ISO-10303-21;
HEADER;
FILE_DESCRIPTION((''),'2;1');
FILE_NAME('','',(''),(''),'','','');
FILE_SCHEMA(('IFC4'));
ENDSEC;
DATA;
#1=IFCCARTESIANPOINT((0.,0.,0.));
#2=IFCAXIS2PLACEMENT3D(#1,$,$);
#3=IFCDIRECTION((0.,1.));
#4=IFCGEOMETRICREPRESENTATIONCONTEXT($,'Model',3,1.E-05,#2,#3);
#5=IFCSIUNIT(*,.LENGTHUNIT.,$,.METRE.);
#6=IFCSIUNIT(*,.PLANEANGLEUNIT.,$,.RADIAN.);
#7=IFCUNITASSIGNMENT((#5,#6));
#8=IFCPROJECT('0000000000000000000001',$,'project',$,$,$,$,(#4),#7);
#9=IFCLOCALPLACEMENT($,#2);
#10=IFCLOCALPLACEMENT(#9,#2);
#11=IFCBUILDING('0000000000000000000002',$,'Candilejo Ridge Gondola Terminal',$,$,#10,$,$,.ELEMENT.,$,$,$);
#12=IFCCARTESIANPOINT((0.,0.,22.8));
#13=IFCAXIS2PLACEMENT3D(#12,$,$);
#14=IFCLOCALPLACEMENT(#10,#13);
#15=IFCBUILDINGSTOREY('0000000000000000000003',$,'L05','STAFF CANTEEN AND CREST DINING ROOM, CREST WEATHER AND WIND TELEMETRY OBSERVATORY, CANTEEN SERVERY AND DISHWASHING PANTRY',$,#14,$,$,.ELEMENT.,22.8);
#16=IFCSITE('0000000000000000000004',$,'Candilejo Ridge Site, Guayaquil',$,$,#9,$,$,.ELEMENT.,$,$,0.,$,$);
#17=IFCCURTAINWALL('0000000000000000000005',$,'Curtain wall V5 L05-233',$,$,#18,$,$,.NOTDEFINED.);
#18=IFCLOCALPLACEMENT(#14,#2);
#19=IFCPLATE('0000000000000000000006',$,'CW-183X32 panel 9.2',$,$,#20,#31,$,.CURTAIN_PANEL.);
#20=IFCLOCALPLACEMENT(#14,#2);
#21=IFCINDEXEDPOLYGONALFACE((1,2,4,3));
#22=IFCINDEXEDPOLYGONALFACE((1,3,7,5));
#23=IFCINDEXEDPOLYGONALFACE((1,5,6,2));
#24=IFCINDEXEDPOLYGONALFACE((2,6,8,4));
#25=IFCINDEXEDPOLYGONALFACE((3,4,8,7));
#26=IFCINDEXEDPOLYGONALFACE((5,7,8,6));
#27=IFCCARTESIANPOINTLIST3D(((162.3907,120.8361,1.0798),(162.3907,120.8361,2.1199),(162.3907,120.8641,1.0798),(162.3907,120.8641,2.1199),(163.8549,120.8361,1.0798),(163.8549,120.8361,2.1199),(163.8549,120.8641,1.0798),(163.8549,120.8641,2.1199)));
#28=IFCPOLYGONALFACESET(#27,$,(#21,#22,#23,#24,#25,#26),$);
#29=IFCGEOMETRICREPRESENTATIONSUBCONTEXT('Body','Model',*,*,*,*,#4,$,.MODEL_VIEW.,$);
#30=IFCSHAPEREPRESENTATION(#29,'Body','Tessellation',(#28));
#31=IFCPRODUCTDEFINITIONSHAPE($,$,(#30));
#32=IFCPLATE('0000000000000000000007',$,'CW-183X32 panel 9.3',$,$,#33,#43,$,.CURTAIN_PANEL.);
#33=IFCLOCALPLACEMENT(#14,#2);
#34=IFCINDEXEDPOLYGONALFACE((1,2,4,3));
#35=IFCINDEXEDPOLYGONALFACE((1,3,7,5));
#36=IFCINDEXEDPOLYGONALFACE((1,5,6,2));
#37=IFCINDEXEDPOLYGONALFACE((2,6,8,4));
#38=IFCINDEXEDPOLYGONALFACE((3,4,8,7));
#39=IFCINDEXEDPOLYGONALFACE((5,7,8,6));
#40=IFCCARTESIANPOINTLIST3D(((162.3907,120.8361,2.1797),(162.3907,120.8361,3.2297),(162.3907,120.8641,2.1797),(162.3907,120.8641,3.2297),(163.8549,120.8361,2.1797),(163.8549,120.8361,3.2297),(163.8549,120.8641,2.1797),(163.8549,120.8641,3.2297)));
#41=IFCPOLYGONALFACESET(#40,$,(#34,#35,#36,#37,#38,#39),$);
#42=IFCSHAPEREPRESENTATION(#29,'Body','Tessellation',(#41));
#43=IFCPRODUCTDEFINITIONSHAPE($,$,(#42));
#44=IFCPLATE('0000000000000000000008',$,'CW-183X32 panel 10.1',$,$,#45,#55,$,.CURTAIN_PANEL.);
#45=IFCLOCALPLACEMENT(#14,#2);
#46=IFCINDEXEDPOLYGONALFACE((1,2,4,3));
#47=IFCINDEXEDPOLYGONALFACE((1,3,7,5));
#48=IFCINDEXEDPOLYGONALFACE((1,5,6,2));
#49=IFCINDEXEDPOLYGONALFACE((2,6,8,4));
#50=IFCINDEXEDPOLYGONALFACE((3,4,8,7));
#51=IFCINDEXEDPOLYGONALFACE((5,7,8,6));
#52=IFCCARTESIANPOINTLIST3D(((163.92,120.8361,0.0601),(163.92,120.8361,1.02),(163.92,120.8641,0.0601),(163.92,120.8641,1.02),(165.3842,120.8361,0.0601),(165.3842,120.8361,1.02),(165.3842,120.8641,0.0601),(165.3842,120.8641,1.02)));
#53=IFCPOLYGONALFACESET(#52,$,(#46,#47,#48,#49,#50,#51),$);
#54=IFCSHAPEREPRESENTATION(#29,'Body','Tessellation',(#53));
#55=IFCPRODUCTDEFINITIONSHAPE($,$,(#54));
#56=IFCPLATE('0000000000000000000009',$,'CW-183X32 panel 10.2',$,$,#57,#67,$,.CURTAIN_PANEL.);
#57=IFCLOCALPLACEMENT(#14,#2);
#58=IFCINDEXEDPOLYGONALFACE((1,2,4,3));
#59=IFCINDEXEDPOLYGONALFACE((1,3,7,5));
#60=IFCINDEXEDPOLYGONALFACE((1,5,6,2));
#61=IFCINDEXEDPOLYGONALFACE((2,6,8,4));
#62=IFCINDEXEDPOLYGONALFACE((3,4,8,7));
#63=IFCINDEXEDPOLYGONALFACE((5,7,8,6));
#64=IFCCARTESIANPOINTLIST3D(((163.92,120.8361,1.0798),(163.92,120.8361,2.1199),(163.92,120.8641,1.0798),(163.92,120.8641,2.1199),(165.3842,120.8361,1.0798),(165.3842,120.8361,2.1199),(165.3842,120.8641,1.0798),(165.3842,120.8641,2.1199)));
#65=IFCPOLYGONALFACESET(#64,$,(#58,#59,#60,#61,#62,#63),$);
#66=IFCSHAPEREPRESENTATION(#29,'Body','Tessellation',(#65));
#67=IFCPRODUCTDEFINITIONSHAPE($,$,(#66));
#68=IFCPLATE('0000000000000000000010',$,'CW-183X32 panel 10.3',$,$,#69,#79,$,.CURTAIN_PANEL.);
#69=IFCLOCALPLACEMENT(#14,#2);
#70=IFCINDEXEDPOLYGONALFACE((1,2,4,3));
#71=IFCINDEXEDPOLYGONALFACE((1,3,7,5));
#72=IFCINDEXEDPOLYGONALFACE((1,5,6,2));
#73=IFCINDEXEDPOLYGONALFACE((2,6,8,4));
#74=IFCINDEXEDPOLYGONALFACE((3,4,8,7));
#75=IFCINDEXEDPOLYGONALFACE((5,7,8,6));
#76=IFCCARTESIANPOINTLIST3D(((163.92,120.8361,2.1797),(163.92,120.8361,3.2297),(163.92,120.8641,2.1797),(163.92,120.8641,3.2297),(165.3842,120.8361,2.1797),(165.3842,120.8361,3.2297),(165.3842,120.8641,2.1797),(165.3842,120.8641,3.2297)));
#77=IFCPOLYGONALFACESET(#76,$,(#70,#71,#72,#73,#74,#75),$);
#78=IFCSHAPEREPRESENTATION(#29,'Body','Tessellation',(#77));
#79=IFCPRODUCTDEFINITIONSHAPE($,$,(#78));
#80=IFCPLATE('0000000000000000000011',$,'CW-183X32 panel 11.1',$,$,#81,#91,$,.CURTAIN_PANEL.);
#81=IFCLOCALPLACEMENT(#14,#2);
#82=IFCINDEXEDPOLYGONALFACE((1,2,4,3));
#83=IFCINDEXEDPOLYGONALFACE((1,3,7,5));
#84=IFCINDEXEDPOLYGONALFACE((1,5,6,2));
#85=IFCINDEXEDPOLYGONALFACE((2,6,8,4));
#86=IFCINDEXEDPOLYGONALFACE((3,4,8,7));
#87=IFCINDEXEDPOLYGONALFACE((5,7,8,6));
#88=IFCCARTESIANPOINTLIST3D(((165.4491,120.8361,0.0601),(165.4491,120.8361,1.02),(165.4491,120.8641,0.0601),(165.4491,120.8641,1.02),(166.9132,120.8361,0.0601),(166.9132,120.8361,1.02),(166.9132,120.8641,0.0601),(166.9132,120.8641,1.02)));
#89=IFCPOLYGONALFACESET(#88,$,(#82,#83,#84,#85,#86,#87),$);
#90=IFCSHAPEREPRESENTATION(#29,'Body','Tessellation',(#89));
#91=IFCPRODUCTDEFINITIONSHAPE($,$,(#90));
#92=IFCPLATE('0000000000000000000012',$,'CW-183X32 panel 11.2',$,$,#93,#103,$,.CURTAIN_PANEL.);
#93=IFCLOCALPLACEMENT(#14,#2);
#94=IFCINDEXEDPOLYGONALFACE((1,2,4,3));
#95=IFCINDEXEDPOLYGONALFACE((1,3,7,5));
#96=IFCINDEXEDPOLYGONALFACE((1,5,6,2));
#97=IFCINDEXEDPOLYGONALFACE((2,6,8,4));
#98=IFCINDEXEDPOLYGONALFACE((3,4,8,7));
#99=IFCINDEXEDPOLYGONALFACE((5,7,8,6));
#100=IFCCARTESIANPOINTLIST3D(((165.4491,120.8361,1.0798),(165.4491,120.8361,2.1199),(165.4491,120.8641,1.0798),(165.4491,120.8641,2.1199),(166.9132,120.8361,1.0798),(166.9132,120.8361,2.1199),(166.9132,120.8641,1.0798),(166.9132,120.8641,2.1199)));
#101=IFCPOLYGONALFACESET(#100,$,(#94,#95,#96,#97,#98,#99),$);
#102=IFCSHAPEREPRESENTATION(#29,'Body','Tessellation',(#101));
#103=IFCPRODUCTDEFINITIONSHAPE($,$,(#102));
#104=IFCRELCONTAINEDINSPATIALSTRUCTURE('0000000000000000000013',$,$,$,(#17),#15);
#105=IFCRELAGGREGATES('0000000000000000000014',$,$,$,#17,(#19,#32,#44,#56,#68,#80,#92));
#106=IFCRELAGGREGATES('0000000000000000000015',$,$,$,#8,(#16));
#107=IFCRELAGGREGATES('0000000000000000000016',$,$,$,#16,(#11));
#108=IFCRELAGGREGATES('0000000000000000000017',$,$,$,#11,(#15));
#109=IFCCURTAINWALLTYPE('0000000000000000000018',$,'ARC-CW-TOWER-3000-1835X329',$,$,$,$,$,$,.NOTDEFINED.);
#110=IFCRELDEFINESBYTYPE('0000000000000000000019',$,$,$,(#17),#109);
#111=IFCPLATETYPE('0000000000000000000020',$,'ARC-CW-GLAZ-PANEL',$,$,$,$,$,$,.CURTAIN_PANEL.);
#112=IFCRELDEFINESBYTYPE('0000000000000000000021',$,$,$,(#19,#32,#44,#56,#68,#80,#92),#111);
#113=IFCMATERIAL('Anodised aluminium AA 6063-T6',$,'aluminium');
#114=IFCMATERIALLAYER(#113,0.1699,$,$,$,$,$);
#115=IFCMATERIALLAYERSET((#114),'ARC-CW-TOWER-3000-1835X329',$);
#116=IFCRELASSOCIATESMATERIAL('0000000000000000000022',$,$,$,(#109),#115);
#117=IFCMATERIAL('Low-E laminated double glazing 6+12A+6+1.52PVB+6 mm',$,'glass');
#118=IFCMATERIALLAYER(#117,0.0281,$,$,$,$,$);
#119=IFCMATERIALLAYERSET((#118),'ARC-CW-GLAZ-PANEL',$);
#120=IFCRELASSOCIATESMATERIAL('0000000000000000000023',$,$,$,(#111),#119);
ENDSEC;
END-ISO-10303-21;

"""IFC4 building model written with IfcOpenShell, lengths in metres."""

from ifc_helpers import new_model, si_unit, direction, frame, origin, origin_2d, place, context, subcontext, project, spatial, rectangle, extrude, material, layer, layer_set, type_object, element, aggregate, save


model = new_model("IFC4")

# Units and contexts
model_context = context("Model", 3, precision=1e-05, world=origin(), true_north=direction((0.0, 1.0)))
body_context = subcontext(model_context, "Body", "Model", "MODEL_VIEW")
ifc_project = project(units=[si_unit("LENGTHUNIT", "METRE"), si_unit("PLANEANGLEUNIT", "RADIAN")], contexts=[model_context])

# Site, building, storey
site_placement = place(None, origin())
site = spatial("IfcSite", under=ifc_project, at=site_placement, Name="Candilejo Ridge Site, Guayaquil", CompositionType="ELEMENT", RefElevation=0.0)
building_placement = place(site_placement, origin())
building = spatial("IfcBuilding", under=site, at=building_placement, Name="Candilejo Ridge Gondola Terminal", CompositionType="ELEMENT")
storey_placement = place(building_placement, frame((0.0, 0.0, 22.8)))
storey = spatial("IfcBuildingStorey", under=building, at=storey_placement, Name="L05", Description="STAFF CANTEEN AND CREST DINING ROOM, CREST WEATHER AND WIND TELEMETRY OBSERVATORY, CANTEEN SERVERY AND DISHWASHING PANTRY", CompositionType="ELEMENT", Elevation=22.8)

# Curtain wall, plates
ifc_material_1 = material(Name="Anodised aluminium AA 6063-T6", Category="aluminium")
ifc_layer_1 = layer(ifc_material_1, 0.1699)
ifc_layer_set_1 = layer_set([ifc_layer_1], Name="ARC-CW-TOWER-3000-1835X329")
curtain_wall_type = type_object("IfcCurtainWallType", Name="ARC-CW-TOWER-3000-1835X329", PredefinedType="NOTDEFINED", material=ifc_layer_set_1)
curtain_wall_placement = place(storey_placement, origin())
curtain_wall = element("IfcCurtainWall", 1, at=curtain_wall_placement, inside=storey, type_object=curtain_wall_type, Name="Curtain wall V5 L05-233", PredefinedType="NOTDEFINED")
ifc_material_2 = material(Name="Low-E laminated double glazing 6+12A+6+1.52PVB+6 mm", Category="glass")
ifc_layer_2 = layer(ifc_material_2, 0.0281)
ifc_layer_set_2 = layer_set([ifc_layer_2], Name="ARC-CW-GLAZ-PANEL")
plate_type = type_object("IfcPlateType", Name="ARC-CW-GLAZ-PANEL", PredefinedType="CURTAIN_PANEL", material=ifc_layer_set_2)
plate_1_placement = place(storey_placement, frame((163.1228, 120.8501, 1.0798), z_axis=(0.0, 0.0, 1.0), x_axis=(1.0, 0.0, 0.0)))
plate_1 = element("IfcPlate", 2, at=plate_1_placement, type_object=plate_type, Name="CW-183X32 panel 9.2", PredefinedType="CURTAIN_PANEL", context=body_context, shape_type="SweptSolid", body=[
    extrude(rectangle(XDim=1.4641, YDim=0.0281, at=origin_2d()), origin(), (0.0, 0.0, 1.0), 1.04),
])
plate_2_placement = place(storey_placement, frame((163.1228, 120.8501, 2.1797), z_axis=(0.0, 0.0, 1.0), x_axis=(1.0, 0.0, 0.0)))
plate_2 = element("IfcPlate", 3, at=plate_2_placement, type_object=plate_type, Name="CW-183X32 panel 9.3", PredefinedType="CURTAIN_PANEL", context=body_context, shape_type="SweptSolid", body=[
    extrude(rectangle(XDim=1.4641, YDim=0.0281, at=origin_2d()), origin(), (0.0, 0.0, 1.0), 1.05),
])
plate_3_placement = place(storey_placement, frame((164.6521, 120.8501, 0.0601), z_axis=(0.0, 0.0, 1.0), x_axis=(1.0, 0.0, 0.0)))
plate_3 = element("IfcPlate", 4, at=plate_3_placement, type_object=plate_type, Name="CW-183X32 panel 10.1", PredefinedType="CURTAIN_PANEL", context=body_context, shape_type="SweptSolid", body=[
    extrude(rectangle(XDim=1.4641, YDim=0.0281, at=origin_2d()), origin(), (0.0, 0.0, 1.0), 0.96),
])
plate_4_placement = place(storey_placement, frame((164.6521, 120.8501, 1.0798), z_axis=(0.0, 0.0, 1.0), x_axis=(1.0, 0.0, 0.0)))
plate_4 = element("IfcPlate", 5, at=plate_4_placement, type_object=plate_type, Name="CW-183X32 panel 10.2", PredefinedType="CURTAIN_PANEL", context=body_context, shape_type="SweptSolid", body=[
    extrude(rectangle(XDim=1.4641, YDim=0.0281, at=origin_2d()), origin(), (0.0, 0.0, 1.0), 1.04),
])
plate_5_placement = place(storey_placement, frame((164.6521, 120.8501, 2.1797), z_axis=(0.0, 0.0, 1.0), x_axis=(1.0, 0.0, 0.0)))
plate_5 = element("IfcPlate", 6, at=plate_5_placement, type_object=plate_type, Name="CW-183X32 panel 10.3", PredefinedType="CURTAIN_PANEL", context=body_context, shape_type="SweptSolid", body=[
    extrude(rectangle(XDim=1.4641, YDim=0.0281, at=origin_2d()), origin(), (0.0, 0.0, 1.0), 1.05),
])
plate_6_placement = place(storey_placement, frame((166.1812, 120.8501, 0.0601), z_axis=(0.0, 0.0, 1.0), x_axis=(1.0, 0.0, 0.0)))
plate_6 = element("IfcPlate", 7, at=plate_6_placement, type_object=plate_type, Name="CW-183X32 panel 11.1", PredefinedType="CURTAIN_PANEL", context=body_context, shape_type="SweptSolid", body=[
    extrude(rectangle(XDim=1.4641, YDim=0.0281, at=origin_2d()), origin(), (0.0, 0.0, 1.0), 0.96),
])
plate_7_placement = place(storey_placement, frame((166.1812, 120.8501, 1.0798), z_axis=(0.0, 0.0, 1.0), x_axis=(1.0, 0.0, 0.0)))
plate_7 = element("IfcPlate", 8, at=plate_7_placement, type_object=plate_type, Name="CW-183X32 panel 11.2", PredefinedType="CURTAIN_PANEL", context=body_context, shape_type="SweptSolid", body=[
    extrude(rectangle(XDim=1.4641, YDim=0.0281, at=origin_2d()), origin(), (0.0, 0.0, 1.0), 1.04),
])
aggregate(curtain_wall, [plate_1, plate_2, plate_3, plate_4, plate_5, plate_6, plate_7])

save(model, "model.ifc")
